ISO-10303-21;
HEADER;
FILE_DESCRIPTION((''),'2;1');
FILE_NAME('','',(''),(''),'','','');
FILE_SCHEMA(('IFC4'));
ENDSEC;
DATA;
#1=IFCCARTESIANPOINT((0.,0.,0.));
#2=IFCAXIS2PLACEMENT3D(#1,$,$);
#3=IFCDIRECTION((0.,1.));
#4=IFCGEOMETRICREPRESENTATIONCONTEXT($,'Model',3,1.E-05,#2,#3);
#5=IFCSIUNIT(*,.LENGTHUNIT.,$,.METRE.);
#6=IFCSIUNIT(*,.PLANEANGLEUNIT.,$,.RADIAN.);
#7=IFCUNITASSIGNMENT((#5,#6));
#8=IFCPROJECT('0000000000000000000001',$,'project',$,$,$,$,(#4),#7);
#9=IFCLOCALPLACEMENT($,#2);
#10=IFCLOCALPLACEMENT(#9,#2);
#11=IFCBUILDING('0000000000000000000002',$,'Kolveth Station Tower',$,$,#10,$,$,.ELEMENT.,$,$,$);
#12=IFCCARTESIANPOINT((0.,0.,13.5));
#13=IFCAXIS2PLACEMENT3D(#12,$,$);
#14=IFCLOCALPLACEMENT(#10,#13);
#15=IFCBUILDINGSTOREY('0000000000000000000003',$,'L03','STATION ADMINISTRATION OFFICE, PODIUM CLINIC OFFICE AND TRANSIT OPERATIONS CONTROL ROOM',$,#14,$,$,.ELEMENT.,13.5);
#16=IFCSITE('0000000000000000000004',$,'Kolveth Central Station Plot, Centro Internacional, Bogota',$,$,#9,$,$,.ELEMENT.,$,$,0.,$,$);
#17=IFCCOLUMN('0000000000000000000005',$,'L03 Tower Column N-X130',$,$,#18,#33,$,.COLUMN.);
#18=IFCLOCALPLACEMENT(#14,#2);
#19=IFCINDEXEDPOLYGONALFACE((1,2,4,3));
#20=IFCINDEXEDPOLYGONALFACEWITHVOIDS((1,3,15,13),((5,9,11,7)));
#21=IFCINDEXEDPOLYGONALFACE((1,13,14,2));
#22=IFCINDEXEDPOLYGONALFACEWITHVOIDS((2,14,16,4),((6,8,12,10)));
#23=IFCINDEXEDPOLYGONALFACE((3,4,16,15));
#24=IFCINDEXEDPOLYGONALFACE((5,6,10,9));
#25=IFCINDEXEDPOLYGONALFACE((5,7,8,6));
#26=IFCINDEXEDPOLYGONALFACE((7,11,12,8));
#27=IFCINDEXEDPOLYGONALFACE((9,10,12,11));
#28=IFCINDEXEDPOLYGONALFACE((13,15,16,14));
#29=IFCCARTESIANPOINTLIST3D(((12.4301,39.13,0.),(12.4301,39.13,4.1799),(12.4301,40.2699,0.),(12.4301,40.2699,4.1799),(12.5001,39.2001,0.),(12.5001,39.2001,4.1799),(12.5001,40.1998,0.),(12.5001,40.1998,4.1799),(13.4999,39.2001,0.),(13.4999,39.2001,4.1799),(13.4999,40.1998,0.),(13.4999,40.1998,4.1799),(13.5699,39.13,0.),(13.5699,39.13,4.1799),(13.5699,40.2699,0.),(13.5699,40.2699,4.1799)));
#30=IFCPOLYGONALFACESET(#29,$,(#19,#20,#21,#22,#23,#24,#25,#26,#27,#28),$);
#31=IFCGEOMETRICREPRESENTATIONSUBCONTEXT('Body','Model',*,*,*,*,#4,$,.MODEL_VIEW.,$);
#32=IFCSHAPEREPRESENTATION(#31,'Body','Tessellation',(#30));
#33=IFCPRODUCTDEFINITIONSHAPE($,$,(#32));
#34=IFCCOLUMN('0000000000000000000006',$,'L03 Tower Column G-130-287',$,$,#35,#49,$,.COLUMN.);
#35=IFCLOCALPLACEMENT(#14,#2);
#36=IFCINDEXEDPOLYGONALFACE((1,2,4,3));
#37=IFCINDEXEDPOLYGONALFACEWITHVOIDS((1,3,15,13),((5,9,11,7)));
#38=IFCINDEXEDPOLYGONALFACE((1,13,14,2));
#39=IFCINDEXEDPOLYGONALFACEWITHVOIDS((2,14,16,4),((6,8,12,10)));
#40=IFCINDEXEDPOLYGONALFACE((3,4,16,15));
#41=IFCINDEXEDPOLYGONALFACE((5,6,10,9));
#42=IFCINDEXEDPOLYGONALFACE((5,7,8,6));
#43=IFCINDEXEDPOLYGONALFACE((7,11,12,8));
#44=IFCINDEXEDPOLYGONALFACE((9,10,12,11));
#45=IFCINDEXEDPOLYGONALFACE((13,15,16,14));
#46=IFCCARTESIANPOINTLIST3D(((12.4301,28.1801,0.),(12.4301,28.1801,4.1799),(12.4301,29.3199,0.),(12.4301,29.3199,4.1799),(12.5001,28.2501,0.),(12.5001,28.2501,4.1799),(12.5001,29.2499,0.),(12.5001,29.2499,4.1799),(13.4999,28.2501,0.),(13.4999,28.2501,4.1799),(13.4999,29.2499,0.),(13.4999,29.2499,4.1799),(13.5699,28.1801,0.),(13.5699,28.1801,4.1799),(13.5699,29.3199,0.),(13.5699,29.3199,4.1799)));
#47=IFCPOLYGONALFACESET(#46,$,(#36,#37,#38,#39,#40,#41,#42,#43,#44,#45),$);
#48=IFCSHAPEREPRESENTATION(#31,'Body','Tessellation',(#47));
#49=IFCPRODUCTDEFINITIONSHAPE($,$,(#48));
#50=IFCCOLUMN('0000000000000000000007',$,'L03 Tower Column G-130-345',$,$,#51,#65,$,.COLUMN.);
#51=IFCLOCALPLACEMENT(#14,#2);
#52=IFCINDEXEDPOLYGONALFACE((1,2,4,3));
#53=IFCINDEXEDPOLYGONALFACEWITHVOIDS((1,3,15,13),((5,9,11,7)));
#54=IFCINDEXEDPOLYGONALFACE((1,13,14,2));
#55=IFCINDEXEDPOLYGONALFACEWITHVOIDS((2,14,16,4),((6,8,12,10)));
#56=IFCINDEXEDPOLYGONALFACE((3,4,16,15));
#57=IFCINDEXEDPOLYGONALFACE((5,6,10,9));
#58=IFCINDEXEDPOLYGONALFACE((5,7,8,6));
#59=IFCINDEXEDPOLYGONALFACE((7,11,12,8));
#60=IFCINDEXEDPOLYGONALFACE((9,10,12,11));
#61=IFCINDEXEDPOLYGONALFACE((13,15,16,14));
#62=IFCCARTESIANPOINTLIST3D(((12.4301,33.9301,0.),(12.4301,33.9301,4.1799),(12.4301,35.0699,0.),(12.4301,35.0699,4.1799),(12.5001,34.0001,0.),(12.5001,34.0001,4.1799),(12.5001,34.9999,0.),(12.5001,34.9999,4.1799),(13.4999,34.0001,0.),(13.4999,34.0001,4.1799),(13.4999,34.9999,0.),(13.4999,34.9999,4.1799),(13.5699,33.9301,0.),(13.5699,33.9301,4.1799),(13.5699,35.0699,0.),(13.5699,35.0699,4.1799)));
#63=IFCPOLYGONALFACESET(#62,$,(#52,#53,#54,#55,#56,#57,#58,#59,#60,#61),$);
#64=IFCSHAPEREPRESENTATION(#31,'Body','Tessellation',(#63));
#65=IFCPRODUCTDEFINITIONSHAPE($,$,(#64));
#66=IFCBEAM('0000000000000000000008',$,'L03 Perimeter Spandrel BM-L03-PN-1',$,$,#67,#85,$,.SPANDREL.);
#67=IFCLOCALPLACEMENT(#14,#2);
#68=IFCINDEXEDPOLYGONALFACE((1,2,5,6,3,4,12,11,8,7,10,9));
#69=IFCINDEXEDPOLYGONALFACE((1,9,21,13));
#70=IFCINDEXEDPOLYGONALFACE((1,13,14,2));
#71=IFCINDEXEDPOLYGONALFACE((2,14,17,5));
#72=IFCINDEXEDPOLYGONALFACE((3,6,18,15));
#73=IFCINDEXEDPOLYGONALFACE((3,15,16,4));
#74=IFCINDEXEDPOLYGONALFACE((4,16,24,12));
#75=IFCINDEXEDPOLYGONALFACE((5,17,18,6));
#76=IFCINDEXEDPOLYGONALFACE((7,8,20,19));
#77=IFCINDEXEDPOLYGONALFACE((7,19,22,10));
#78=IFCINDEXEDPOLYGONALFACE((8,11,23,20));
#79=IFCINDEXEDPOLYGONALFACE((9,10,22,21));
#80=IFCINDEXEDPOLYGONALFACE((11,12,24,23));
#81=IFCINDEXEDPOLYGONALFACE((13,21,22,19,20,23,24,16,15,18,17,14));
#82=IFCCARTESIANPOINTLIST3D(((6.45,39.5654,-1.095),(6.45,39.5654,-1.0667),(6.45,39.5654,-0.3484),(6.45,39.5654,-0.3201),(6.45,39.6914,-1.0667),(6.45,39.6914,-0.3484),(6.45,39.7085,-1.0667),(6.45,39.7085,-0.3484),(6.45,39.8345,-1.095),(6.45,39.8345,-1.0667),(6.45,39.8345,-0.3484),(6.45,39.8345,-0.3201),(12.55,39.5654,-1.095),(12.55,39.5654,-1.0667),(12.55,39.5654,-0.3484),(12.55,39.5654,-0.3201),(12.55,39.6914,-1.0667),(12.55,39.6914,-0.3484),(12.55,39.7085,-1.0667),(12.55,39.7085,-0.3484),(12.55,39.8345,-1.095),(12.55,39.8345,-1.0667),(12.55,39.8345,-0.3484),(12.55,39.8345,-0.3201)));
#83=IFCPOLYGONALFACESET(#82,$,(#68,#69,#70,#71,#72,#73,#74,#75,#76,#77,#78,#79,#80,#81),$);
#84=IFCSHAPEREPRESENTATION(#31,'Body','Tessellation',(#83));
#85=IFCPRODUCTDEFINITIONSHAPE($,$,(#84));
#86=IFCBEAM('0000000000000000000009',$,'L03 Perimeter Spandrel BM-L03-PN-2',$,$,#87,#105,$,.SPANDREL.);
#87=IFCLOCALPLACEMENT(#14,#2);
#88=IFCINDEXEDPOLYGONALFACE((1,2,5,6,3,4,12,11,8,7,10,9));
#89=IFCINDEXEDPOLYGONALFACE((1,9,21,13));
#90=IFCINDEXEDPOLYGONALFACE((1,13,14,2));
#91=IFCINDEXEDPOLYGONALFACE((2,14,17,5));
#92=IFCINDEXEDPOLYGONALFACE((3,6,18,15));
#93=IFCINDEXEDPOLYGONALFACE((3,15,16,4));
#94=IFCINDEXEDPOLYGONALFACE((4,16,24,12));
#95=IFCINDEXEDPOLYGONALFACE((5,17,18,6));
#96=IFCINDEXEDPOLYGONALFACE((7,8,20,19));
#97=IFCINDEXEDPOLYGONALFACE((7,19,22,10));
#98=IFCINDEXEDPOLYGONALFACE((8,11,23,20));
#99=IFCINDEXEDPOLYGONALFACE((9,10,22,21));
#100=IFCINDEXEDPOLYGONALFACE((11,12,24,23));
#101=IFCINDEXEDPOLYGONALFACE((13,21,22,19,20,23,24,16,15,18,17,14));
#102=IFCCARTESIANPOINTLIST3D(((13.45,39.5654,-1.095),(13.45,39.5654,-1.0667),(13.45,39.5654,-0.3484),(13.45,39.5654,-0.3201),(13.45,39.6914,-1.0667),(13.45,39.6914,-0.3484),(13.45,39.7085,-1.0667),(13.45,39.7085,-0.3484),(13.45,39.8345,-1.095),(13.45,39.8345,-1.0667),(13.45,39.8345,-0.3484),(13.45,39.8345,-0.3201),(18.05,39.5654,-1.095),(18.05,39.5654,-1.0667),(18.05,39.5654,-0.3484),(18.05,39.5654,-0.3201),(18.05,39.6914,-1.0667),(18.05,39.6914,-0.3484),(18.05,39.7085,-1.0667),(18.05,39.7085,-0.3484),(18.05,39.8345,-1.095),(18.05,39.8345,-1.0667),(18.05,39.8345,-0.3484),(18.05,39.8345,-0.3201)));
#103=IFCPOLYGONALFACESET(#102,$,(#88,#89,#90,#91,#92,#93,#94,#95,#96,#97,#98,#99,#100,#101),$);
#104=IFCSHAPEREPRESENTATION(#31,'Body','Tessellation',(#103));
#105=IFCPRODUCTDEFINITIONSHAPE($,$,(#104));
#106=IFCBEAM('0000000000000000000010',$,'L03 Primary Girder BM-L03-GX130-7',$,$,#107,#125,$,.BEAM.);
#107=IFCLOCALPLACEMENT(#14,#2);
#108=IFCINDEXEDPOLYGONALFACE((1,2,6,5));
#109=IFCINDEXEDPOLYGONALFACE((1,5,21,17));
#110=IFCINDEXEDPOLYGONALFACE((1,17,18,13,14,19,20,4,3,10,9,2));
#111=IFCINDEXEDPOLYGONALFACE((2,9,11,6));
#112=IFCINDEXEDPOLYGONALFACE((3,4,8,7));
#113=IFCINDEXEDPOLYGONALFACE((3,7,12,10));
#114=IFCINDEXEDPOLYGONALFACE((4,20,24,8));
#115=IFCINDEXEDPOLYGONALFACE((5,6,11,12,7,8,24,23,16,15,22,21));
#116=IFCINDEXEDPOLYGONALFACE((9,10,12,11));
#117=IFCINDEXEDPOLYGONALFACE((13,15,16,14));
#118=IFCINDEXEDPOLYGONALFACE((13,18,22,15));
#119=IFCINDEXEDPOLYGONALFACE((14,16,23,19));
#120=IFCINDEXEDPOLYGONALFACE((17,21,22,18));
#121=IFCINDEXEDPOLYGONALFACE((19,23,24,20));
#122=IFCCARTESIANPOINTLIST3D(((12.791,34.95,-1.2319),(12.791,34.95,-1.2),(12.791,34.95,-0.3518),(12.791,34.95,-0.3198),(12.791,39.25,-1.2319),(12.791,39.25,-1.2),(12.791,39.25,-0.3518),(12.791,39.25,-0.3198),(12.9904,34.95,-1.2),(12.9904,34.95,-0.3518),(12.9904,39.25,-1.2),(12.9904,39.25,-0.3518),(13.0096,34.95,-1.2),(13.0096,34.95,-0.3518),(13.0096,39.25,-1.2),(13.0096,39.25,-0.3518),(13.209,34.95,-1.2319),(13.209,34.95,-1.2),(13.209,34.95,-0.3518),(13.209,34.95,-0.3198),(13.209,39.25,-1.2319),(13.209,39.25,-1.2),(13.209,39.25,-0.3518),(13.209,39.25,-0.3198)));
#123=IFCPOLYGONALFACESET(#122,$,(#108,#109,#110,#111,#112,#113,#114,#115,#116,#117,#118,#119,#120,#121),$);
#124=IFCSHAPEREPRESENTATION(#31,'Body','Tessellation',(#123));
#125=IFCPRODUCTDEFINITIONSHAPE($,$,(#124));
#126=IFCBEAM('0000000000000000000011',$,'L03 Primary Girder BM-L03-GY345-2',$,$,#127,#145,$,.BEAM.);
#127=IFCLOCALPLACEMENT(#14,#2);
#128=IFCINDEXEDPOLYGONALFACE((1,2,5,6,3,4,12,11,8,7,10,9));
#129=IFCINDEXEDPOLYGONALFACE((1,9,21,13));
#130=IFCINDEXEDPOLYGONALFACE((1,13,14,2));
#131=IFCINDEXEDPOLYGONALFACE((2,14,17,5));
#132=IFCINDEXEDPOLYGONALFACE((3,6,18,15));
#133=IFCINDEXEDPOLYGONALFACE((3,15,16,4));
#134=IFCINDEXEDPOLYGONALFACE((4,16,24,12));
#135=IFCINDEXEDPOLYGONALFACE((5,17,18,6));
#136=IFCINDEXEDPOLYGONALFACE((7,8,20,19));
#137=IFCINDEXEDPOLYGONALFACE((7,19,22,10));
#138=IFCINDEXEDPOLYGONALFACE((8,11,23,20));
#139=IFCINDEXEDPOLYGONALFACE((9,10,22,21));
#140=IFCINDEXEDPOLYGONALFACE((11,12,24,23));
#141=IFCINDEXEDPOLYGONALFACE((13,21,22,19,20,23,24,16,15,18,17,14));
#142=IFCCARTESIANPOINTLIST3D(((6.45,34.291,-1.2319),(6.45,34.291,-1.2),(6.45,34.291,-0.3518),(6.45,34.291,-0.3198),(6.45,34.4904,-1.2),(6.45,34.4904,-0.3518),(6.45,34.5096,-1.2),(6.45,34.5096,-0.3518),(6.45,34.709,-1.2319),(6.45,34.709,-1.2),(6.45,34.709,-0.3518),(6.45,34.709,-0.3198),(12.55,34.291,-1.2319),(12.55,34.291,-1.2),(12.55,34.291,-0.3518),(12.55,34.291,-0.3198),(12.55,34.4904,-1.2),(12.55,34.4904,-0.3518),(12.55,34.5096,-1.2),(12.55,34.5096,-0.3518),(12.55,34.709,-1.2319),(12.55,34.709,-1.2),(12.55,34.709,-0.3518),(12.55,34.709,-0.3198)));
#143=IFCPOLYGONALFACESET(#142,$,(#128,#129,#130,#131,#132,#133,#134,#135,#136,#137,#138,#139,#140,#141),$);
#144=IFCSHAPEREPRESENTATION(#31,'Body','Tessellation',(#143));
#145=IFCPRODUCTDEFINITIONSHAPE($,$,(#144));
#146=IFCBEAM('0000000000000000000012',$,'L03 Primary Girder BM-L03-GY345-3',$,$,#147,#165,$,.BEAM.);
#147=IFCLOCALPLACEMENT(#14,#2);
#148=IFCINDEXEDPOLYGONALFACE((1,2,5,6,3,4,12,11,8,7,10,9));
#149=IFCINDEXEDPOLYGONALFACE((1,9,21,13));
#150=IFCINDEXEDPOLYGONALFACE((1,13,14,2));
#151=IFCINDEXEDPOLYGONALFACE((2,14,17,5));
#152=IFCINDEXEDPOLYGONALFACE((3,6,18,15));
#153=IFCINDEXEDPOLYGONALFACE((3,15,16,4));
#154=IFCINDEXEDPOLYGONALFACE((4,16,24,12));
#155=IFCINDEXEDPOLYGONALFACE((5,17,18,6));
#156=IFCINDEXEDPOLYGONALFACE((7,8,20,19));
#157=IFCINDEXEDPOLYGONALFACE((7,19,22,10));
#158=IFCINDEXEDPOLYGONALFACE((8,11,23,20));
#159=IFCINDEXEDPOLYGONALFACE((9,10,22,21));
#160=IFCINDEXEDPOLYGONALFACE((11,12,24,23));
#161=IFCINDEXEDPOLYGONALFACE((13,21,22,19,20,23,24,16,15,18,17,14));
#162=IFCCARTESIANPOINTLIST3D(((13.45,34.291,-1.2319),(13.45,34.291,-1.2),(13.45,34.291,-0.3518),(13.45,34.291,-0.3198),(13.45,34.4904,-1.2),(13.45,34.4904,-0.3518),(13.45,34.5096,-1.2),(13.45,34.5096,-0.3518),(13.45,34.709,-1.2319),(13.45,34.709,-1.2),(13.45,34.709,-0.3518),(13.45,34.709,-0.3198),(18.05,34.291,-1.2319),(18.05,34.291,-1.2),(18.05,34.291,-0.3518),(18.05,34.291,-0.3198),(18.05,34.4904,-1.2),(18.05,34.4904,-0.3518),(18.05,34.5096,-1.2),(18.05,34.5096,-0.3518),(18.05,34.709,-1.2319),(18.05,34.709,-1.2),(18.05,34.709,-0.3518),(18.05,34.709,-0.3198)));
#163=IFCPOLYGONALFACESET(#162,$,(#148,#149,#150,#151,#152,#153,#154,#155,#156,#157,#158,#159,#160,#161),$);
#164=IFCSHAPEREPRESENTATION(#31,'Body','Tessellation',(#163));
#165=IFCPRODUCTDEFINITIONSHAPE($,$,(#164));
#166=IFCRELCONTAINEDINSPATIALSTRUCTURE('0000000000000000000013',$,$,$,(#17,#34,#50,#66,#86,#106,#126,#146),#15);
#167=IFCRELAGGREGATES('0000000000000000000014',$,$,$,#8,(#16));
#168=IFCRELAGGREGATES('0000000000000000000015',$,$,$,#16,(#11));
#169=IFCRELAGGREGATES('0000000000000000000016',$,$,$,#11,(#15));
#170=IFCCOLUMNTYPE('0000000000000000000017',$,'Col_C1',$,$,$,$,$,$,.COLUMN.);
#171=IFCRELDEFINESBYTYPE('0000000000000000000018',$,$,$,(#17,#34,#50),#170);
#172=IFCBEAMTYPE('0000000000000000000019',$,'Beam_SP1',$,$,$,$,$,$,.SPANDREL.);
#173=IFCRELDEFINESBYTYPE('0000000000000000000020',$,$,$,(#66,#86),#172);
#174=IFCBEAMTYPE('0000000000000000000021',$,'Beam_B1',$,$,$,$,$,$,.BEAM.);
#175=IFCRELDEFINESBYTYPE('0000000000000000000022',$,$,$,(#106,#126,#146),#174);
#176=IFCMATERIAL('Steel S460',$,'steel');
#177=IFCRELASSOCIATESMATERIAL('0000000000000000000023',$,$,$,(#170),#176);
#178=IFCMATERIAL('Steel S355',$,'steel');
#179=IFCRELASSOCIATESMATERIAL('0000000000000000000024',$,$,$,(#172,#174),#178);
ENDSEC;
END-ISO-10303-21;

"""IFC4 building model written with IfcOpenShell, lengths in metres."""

from ifc_helpers import new_model, si_unit, direction, frame, origin, origin_2d, place, context, subcontext, project, spatial, hollow_rectangle, i_section, extrude, source, transform, mapped, material, material_profile, profile_set, type_object, element, save


model = new_model("IFC4")

# Units and contexts
model_context = context("Model", 3, precision=1e-05, world=origin(), true_north=direction((0.0, 1.0)))
body_context = subcontext(model_context, "Body", "Model", "MODEL_VIEW")
ifc_project = project(units=[si_unit("LENGTHUNIT", "METRE"), si_unit("PLANEANGLEUNIT", "RADIAN")], contexts=[model_context])

# Site, building, storey
site_placement = place(None, origin())
site = spatial("IfcSite", under=ifc_project, at=site_placement, Name="Kolveth Central Station Plot, Centro Internacional, Bogota", CompositionType="ELEMENT", RefElevation=0.0)
building_placement = place(site_placement, origin())
building = spatial("IfcBuilding", under=site, at=building_placement, Name="Kolveth Station Tower", CompositionType="ELEMENT")
storey_placement = place(building_placement, frame((0.0, 0.0, 13.5)))
storey = spatial("IfcBuildingStorey", under=building, at=storey_placement, Name="L03", Description="STATION ADMINISTRATION OFFICE, PODIUM CLINIC OFFICE AND TRANSIT OPERATIONS CONTROL ROOM", CompositionType="ELEMENT", Elevation=13.5)

# Columns
ifc_material_1 = material(Name="Steel S460", Category="steel")
ifc_material_profile_1 = material_profile(ifc_material_1, hollow_rectangle(XDim=1.1399, YDim=1.1399, WallThickness=0.0701, at=origin_2d()), Name="BOX1140x1140x70")
ifc_profile_set_1 = profile_set([ifc_material_profile_1], Name="Steel S460")
column_type = type_object("IfcColumnType", Name="Col_C1", PredefinedType="COLUMN", material=ifc_profile_set_1)
shared_shape_1 = source(origin(), body_context, "Body", "SweptSolid", [
    extrude(hollow_rectangle(XDim=1.1399, YDim=1.1399, WallThickness=0.0701, at=origin_2d()), origin(), (0.0, 0.0, 1.0), 4.1799),
])
for number, where, z_axis, x_axis, name in (
    (1, (13.0, 39.7, 0.0), (0.0, 0.0, 1.0), (1.0, 0.0, 0.0), "L03 Tower Column N-X130"),
    (2, (13.0, 28.75, 0.0), (0.0, 0.0, 1.0), (1.0, 0.0, 0.0), "L03 Tower Column G-130-287"),
    (3, (13.0, 34.5, 0.0), (0.0, 0.0, 1.0), (1.0, 0.0, 0.0), "L03 Tower Column G-130-345"),
):
    element("IfcColumn", number, at=place(storey_placement, frame(where, z_axis=z_axis, x_axis=x_axis)), inside=storey, type_object=column_type, Name=name, PredefinedType="COLUMN", context=body_context, shape_type="MappedRepresentation", body=[
        mapped(shared_shape_1, transform((0.0, 0.0, 0.0), x_axis=(1.0, 0.0, 0.0), y_axis=(0.0, 1.0, 0.0), z_axis=(0.0, 0.0, 1.0), scale=1.0)),
    ])

# Beams
ifc_material_2 = material(Name="Steel S355", Category="steel")
ifc_material_profile_2 = material_profile(ifc_material_2, i_section(OverallWidth=0.269, OverallDepth=0.7749, WebThickness=0.0171, FlangeThickness=0.0283, at=origin_2d()), Name="W760x220")
ifc_profile_set_2 = profile_set([ifc_material_profile_2], Name="Steel S355")
beam_type_1 = type_object("IfcBeamType", Name="Beam_SP1", PredefinedType="SPANDREL", material=ifc_profile_set_2)
shared_shape_2 = source(origin(), body_context, "Body", "SweptSolid", [
    extrude(i_section(OverallWidth=0.269, OverallDepth=0.7749, WebThickness=0.0171, FlangeThickness=0.0283, at=origin_2d()), origin(), (0.0, 0.0, 1.0), 6.1001),
])
beam_1_placement = place(storey_placement, frame((6.45, 39.7, -0.7075), z_axis=(1.0, 0.0, 0.0), x_axis=(0.0, 1.0, 0.0)))
element("IfcBeam", 4, at=beam_1_placement, inside=storey, type_object=beam_type_1, Name="L03 Perimeter Spandrel BM-L03-PN-1", PredefinedType="SPANDREL", context=body_context, shape_type="MappedRepresentation", body=[
    mapped(shared_shape_2, transform((0.0, 0.0, 0.0), x_axis=(1.0, 0.0, 0.0), y_axis=(0.0, 1.0, 0.0), z_axis=(0.0, 0.0, 1.0), scale=1.0)),
])
shared_shape_3 = source(origin(), body_context, "Body", "SweptSolid", [
    extrude(i_section(OverallWidth=0.269, OverallDepth=0.7749, WebThickness=0.0171, FlangeThickness=0.0283, at=origin_2d()), origin(), (0.0, 0.0, 1.0), 4.6001),
])
beam_2_placement = place(storey_placement, frame((13.45, 39.7, -0.7075), z_axis=(1.0, 0.0, 0.0), x_axis=(0.0, 1.0, 0.0)))
element("IfcBeam", 5, at=beam_2_placement, inside=storey, type_object=beam_type_1, Name="L03 Perimeter Spandrel BM-L03-PN-2", PredefinedType="SPANDREL", context=body_context, shape_type="MappedRepresentation", body=[
    mapped(shared_shape_3, transform((0.0, 0.0, 0.0), x_axis=(1.0, 0.0, 0.0), y_axis=(0.0, 1.0, 0.0), z_axis=(0.0, 0.0, 1.0), scale=1.0)),
])
ifc_material_profile_3 = material_profile(ifc_material_2, i_section(OverallWidth=0.418, OverallDepth=0.9121, WebThickness=0.0193, FlangeThickness=0.032, at=origin_2d()), Name="W920x342")
ifc_profile_set_3 = profile_set([ifc_material_profile_3], Name="Steel S355")
beam_type_2 = type_object("IfcBeamType", Name="Beam_B1", PredefinedType="BEAM", material=ifc_profile_set_3)
shared_shape_4 = source(origin(), body_context, "Body", "SweptSolid", [
    extrude(i_section(OverallWidth=0.418, OverallDepth=0.9121, WebThickness=0.0193, FlangeThickness=0.032, at=origin_2d()), origin(), (0.0, 0.0, 1.0), 4.3),
])
beam_3_placement = place(storey_placement, frame((13.0, 34.95, -0.7759), z_axis=(0.0, 1.0, 0.0), x_axis=(-1.0, 0.0, 0.0)))
element("IfcBeam", 6, at=beam_3_placement, inside=storey, type_object=beam_type_2, Name="L03 Primary Girder BM-L03-GX130-7", PredefinedType="BEAM", context=body_context, shape_type="MappedRepresentation", body=[
    mapped(shared_shape_4, transform((0.0, 0.0, 0.0), x_axis=(1.0, 0.0, 0.0), y_axis=(0.0, 1.0, 0.0), z_axis=(0.0, 0.0, 1.0), scale=1.0)),
])
shared_shape_5 = source(origin(), body_context, "Body", "SweptSolid", [
    extrude(i_section(OverallWidth=0.418, OverallDepth=0.9121, WebThickness=0.0193, FlangeThickness=0.032, at=origin_2d()), origin(), (0.0, 0.0, 1.0), 6.1001),
])
beam_4_placement = place(storey_placement, frame((6.45, 34.5, -0.7759), z_axis=(1.0, 0.0, 0.0), x_axis=(0.0, 1.0, 0.0)))
element("IfcBeam", 7, at=beam_4_placement, inside=storey, type_object=beam_type_2, Name="L03 Primary Girder BM-L03-GY345-2", PredefinedType="BEAM", context=body_context, shape_type="MappedRepresentation", body=[
    mapped(shared_shape_5, transform((0.0, 0.0, 0.0), x_axis=(1.0, 0.0, 0.0), y_axis=(0.0, 1.0, 0.0), z_axis=(0.0, 0.0, 1.0), scale=1.0)),
])
shared_shape_6 = source(origin(), body_context, "Body", "SweptSolid", [
    extrude(i_section(OverallWidth=0.418, OverallDepth=0.9121, WebThickness=0.0193, FlangeThickness=0.032, at=origin_2d()), origin(), (0.0, 0.0, 1.0), 4.6001),
])
beam_5_placement = place(storey_placement, frame((13.45, 34.5, -0.7759), z_axis=(1.0, 0.0, 0.0), x_axis=(0.0, 1.0, 0.0)))
element("IfcBeam", 8, at=beam_5_placement, inside=storey, type_object=beam_type_2, Name="L03 Primary Girder BM-L03-GY345-3", PredefinedType="BEAM", context=body_context, shape_type="MappedRepresentation", body=[
    mapped(shared_shape_6, transform((0.0, 0.0, 0.0), x_axis=(1.0, 0.0, 0.0), y_axis=(0.0, 1.0, 0.0), z_axis=(0.0, 0.0, 1.0), scale=1.0)),
])

save(model, "model.ifc")
